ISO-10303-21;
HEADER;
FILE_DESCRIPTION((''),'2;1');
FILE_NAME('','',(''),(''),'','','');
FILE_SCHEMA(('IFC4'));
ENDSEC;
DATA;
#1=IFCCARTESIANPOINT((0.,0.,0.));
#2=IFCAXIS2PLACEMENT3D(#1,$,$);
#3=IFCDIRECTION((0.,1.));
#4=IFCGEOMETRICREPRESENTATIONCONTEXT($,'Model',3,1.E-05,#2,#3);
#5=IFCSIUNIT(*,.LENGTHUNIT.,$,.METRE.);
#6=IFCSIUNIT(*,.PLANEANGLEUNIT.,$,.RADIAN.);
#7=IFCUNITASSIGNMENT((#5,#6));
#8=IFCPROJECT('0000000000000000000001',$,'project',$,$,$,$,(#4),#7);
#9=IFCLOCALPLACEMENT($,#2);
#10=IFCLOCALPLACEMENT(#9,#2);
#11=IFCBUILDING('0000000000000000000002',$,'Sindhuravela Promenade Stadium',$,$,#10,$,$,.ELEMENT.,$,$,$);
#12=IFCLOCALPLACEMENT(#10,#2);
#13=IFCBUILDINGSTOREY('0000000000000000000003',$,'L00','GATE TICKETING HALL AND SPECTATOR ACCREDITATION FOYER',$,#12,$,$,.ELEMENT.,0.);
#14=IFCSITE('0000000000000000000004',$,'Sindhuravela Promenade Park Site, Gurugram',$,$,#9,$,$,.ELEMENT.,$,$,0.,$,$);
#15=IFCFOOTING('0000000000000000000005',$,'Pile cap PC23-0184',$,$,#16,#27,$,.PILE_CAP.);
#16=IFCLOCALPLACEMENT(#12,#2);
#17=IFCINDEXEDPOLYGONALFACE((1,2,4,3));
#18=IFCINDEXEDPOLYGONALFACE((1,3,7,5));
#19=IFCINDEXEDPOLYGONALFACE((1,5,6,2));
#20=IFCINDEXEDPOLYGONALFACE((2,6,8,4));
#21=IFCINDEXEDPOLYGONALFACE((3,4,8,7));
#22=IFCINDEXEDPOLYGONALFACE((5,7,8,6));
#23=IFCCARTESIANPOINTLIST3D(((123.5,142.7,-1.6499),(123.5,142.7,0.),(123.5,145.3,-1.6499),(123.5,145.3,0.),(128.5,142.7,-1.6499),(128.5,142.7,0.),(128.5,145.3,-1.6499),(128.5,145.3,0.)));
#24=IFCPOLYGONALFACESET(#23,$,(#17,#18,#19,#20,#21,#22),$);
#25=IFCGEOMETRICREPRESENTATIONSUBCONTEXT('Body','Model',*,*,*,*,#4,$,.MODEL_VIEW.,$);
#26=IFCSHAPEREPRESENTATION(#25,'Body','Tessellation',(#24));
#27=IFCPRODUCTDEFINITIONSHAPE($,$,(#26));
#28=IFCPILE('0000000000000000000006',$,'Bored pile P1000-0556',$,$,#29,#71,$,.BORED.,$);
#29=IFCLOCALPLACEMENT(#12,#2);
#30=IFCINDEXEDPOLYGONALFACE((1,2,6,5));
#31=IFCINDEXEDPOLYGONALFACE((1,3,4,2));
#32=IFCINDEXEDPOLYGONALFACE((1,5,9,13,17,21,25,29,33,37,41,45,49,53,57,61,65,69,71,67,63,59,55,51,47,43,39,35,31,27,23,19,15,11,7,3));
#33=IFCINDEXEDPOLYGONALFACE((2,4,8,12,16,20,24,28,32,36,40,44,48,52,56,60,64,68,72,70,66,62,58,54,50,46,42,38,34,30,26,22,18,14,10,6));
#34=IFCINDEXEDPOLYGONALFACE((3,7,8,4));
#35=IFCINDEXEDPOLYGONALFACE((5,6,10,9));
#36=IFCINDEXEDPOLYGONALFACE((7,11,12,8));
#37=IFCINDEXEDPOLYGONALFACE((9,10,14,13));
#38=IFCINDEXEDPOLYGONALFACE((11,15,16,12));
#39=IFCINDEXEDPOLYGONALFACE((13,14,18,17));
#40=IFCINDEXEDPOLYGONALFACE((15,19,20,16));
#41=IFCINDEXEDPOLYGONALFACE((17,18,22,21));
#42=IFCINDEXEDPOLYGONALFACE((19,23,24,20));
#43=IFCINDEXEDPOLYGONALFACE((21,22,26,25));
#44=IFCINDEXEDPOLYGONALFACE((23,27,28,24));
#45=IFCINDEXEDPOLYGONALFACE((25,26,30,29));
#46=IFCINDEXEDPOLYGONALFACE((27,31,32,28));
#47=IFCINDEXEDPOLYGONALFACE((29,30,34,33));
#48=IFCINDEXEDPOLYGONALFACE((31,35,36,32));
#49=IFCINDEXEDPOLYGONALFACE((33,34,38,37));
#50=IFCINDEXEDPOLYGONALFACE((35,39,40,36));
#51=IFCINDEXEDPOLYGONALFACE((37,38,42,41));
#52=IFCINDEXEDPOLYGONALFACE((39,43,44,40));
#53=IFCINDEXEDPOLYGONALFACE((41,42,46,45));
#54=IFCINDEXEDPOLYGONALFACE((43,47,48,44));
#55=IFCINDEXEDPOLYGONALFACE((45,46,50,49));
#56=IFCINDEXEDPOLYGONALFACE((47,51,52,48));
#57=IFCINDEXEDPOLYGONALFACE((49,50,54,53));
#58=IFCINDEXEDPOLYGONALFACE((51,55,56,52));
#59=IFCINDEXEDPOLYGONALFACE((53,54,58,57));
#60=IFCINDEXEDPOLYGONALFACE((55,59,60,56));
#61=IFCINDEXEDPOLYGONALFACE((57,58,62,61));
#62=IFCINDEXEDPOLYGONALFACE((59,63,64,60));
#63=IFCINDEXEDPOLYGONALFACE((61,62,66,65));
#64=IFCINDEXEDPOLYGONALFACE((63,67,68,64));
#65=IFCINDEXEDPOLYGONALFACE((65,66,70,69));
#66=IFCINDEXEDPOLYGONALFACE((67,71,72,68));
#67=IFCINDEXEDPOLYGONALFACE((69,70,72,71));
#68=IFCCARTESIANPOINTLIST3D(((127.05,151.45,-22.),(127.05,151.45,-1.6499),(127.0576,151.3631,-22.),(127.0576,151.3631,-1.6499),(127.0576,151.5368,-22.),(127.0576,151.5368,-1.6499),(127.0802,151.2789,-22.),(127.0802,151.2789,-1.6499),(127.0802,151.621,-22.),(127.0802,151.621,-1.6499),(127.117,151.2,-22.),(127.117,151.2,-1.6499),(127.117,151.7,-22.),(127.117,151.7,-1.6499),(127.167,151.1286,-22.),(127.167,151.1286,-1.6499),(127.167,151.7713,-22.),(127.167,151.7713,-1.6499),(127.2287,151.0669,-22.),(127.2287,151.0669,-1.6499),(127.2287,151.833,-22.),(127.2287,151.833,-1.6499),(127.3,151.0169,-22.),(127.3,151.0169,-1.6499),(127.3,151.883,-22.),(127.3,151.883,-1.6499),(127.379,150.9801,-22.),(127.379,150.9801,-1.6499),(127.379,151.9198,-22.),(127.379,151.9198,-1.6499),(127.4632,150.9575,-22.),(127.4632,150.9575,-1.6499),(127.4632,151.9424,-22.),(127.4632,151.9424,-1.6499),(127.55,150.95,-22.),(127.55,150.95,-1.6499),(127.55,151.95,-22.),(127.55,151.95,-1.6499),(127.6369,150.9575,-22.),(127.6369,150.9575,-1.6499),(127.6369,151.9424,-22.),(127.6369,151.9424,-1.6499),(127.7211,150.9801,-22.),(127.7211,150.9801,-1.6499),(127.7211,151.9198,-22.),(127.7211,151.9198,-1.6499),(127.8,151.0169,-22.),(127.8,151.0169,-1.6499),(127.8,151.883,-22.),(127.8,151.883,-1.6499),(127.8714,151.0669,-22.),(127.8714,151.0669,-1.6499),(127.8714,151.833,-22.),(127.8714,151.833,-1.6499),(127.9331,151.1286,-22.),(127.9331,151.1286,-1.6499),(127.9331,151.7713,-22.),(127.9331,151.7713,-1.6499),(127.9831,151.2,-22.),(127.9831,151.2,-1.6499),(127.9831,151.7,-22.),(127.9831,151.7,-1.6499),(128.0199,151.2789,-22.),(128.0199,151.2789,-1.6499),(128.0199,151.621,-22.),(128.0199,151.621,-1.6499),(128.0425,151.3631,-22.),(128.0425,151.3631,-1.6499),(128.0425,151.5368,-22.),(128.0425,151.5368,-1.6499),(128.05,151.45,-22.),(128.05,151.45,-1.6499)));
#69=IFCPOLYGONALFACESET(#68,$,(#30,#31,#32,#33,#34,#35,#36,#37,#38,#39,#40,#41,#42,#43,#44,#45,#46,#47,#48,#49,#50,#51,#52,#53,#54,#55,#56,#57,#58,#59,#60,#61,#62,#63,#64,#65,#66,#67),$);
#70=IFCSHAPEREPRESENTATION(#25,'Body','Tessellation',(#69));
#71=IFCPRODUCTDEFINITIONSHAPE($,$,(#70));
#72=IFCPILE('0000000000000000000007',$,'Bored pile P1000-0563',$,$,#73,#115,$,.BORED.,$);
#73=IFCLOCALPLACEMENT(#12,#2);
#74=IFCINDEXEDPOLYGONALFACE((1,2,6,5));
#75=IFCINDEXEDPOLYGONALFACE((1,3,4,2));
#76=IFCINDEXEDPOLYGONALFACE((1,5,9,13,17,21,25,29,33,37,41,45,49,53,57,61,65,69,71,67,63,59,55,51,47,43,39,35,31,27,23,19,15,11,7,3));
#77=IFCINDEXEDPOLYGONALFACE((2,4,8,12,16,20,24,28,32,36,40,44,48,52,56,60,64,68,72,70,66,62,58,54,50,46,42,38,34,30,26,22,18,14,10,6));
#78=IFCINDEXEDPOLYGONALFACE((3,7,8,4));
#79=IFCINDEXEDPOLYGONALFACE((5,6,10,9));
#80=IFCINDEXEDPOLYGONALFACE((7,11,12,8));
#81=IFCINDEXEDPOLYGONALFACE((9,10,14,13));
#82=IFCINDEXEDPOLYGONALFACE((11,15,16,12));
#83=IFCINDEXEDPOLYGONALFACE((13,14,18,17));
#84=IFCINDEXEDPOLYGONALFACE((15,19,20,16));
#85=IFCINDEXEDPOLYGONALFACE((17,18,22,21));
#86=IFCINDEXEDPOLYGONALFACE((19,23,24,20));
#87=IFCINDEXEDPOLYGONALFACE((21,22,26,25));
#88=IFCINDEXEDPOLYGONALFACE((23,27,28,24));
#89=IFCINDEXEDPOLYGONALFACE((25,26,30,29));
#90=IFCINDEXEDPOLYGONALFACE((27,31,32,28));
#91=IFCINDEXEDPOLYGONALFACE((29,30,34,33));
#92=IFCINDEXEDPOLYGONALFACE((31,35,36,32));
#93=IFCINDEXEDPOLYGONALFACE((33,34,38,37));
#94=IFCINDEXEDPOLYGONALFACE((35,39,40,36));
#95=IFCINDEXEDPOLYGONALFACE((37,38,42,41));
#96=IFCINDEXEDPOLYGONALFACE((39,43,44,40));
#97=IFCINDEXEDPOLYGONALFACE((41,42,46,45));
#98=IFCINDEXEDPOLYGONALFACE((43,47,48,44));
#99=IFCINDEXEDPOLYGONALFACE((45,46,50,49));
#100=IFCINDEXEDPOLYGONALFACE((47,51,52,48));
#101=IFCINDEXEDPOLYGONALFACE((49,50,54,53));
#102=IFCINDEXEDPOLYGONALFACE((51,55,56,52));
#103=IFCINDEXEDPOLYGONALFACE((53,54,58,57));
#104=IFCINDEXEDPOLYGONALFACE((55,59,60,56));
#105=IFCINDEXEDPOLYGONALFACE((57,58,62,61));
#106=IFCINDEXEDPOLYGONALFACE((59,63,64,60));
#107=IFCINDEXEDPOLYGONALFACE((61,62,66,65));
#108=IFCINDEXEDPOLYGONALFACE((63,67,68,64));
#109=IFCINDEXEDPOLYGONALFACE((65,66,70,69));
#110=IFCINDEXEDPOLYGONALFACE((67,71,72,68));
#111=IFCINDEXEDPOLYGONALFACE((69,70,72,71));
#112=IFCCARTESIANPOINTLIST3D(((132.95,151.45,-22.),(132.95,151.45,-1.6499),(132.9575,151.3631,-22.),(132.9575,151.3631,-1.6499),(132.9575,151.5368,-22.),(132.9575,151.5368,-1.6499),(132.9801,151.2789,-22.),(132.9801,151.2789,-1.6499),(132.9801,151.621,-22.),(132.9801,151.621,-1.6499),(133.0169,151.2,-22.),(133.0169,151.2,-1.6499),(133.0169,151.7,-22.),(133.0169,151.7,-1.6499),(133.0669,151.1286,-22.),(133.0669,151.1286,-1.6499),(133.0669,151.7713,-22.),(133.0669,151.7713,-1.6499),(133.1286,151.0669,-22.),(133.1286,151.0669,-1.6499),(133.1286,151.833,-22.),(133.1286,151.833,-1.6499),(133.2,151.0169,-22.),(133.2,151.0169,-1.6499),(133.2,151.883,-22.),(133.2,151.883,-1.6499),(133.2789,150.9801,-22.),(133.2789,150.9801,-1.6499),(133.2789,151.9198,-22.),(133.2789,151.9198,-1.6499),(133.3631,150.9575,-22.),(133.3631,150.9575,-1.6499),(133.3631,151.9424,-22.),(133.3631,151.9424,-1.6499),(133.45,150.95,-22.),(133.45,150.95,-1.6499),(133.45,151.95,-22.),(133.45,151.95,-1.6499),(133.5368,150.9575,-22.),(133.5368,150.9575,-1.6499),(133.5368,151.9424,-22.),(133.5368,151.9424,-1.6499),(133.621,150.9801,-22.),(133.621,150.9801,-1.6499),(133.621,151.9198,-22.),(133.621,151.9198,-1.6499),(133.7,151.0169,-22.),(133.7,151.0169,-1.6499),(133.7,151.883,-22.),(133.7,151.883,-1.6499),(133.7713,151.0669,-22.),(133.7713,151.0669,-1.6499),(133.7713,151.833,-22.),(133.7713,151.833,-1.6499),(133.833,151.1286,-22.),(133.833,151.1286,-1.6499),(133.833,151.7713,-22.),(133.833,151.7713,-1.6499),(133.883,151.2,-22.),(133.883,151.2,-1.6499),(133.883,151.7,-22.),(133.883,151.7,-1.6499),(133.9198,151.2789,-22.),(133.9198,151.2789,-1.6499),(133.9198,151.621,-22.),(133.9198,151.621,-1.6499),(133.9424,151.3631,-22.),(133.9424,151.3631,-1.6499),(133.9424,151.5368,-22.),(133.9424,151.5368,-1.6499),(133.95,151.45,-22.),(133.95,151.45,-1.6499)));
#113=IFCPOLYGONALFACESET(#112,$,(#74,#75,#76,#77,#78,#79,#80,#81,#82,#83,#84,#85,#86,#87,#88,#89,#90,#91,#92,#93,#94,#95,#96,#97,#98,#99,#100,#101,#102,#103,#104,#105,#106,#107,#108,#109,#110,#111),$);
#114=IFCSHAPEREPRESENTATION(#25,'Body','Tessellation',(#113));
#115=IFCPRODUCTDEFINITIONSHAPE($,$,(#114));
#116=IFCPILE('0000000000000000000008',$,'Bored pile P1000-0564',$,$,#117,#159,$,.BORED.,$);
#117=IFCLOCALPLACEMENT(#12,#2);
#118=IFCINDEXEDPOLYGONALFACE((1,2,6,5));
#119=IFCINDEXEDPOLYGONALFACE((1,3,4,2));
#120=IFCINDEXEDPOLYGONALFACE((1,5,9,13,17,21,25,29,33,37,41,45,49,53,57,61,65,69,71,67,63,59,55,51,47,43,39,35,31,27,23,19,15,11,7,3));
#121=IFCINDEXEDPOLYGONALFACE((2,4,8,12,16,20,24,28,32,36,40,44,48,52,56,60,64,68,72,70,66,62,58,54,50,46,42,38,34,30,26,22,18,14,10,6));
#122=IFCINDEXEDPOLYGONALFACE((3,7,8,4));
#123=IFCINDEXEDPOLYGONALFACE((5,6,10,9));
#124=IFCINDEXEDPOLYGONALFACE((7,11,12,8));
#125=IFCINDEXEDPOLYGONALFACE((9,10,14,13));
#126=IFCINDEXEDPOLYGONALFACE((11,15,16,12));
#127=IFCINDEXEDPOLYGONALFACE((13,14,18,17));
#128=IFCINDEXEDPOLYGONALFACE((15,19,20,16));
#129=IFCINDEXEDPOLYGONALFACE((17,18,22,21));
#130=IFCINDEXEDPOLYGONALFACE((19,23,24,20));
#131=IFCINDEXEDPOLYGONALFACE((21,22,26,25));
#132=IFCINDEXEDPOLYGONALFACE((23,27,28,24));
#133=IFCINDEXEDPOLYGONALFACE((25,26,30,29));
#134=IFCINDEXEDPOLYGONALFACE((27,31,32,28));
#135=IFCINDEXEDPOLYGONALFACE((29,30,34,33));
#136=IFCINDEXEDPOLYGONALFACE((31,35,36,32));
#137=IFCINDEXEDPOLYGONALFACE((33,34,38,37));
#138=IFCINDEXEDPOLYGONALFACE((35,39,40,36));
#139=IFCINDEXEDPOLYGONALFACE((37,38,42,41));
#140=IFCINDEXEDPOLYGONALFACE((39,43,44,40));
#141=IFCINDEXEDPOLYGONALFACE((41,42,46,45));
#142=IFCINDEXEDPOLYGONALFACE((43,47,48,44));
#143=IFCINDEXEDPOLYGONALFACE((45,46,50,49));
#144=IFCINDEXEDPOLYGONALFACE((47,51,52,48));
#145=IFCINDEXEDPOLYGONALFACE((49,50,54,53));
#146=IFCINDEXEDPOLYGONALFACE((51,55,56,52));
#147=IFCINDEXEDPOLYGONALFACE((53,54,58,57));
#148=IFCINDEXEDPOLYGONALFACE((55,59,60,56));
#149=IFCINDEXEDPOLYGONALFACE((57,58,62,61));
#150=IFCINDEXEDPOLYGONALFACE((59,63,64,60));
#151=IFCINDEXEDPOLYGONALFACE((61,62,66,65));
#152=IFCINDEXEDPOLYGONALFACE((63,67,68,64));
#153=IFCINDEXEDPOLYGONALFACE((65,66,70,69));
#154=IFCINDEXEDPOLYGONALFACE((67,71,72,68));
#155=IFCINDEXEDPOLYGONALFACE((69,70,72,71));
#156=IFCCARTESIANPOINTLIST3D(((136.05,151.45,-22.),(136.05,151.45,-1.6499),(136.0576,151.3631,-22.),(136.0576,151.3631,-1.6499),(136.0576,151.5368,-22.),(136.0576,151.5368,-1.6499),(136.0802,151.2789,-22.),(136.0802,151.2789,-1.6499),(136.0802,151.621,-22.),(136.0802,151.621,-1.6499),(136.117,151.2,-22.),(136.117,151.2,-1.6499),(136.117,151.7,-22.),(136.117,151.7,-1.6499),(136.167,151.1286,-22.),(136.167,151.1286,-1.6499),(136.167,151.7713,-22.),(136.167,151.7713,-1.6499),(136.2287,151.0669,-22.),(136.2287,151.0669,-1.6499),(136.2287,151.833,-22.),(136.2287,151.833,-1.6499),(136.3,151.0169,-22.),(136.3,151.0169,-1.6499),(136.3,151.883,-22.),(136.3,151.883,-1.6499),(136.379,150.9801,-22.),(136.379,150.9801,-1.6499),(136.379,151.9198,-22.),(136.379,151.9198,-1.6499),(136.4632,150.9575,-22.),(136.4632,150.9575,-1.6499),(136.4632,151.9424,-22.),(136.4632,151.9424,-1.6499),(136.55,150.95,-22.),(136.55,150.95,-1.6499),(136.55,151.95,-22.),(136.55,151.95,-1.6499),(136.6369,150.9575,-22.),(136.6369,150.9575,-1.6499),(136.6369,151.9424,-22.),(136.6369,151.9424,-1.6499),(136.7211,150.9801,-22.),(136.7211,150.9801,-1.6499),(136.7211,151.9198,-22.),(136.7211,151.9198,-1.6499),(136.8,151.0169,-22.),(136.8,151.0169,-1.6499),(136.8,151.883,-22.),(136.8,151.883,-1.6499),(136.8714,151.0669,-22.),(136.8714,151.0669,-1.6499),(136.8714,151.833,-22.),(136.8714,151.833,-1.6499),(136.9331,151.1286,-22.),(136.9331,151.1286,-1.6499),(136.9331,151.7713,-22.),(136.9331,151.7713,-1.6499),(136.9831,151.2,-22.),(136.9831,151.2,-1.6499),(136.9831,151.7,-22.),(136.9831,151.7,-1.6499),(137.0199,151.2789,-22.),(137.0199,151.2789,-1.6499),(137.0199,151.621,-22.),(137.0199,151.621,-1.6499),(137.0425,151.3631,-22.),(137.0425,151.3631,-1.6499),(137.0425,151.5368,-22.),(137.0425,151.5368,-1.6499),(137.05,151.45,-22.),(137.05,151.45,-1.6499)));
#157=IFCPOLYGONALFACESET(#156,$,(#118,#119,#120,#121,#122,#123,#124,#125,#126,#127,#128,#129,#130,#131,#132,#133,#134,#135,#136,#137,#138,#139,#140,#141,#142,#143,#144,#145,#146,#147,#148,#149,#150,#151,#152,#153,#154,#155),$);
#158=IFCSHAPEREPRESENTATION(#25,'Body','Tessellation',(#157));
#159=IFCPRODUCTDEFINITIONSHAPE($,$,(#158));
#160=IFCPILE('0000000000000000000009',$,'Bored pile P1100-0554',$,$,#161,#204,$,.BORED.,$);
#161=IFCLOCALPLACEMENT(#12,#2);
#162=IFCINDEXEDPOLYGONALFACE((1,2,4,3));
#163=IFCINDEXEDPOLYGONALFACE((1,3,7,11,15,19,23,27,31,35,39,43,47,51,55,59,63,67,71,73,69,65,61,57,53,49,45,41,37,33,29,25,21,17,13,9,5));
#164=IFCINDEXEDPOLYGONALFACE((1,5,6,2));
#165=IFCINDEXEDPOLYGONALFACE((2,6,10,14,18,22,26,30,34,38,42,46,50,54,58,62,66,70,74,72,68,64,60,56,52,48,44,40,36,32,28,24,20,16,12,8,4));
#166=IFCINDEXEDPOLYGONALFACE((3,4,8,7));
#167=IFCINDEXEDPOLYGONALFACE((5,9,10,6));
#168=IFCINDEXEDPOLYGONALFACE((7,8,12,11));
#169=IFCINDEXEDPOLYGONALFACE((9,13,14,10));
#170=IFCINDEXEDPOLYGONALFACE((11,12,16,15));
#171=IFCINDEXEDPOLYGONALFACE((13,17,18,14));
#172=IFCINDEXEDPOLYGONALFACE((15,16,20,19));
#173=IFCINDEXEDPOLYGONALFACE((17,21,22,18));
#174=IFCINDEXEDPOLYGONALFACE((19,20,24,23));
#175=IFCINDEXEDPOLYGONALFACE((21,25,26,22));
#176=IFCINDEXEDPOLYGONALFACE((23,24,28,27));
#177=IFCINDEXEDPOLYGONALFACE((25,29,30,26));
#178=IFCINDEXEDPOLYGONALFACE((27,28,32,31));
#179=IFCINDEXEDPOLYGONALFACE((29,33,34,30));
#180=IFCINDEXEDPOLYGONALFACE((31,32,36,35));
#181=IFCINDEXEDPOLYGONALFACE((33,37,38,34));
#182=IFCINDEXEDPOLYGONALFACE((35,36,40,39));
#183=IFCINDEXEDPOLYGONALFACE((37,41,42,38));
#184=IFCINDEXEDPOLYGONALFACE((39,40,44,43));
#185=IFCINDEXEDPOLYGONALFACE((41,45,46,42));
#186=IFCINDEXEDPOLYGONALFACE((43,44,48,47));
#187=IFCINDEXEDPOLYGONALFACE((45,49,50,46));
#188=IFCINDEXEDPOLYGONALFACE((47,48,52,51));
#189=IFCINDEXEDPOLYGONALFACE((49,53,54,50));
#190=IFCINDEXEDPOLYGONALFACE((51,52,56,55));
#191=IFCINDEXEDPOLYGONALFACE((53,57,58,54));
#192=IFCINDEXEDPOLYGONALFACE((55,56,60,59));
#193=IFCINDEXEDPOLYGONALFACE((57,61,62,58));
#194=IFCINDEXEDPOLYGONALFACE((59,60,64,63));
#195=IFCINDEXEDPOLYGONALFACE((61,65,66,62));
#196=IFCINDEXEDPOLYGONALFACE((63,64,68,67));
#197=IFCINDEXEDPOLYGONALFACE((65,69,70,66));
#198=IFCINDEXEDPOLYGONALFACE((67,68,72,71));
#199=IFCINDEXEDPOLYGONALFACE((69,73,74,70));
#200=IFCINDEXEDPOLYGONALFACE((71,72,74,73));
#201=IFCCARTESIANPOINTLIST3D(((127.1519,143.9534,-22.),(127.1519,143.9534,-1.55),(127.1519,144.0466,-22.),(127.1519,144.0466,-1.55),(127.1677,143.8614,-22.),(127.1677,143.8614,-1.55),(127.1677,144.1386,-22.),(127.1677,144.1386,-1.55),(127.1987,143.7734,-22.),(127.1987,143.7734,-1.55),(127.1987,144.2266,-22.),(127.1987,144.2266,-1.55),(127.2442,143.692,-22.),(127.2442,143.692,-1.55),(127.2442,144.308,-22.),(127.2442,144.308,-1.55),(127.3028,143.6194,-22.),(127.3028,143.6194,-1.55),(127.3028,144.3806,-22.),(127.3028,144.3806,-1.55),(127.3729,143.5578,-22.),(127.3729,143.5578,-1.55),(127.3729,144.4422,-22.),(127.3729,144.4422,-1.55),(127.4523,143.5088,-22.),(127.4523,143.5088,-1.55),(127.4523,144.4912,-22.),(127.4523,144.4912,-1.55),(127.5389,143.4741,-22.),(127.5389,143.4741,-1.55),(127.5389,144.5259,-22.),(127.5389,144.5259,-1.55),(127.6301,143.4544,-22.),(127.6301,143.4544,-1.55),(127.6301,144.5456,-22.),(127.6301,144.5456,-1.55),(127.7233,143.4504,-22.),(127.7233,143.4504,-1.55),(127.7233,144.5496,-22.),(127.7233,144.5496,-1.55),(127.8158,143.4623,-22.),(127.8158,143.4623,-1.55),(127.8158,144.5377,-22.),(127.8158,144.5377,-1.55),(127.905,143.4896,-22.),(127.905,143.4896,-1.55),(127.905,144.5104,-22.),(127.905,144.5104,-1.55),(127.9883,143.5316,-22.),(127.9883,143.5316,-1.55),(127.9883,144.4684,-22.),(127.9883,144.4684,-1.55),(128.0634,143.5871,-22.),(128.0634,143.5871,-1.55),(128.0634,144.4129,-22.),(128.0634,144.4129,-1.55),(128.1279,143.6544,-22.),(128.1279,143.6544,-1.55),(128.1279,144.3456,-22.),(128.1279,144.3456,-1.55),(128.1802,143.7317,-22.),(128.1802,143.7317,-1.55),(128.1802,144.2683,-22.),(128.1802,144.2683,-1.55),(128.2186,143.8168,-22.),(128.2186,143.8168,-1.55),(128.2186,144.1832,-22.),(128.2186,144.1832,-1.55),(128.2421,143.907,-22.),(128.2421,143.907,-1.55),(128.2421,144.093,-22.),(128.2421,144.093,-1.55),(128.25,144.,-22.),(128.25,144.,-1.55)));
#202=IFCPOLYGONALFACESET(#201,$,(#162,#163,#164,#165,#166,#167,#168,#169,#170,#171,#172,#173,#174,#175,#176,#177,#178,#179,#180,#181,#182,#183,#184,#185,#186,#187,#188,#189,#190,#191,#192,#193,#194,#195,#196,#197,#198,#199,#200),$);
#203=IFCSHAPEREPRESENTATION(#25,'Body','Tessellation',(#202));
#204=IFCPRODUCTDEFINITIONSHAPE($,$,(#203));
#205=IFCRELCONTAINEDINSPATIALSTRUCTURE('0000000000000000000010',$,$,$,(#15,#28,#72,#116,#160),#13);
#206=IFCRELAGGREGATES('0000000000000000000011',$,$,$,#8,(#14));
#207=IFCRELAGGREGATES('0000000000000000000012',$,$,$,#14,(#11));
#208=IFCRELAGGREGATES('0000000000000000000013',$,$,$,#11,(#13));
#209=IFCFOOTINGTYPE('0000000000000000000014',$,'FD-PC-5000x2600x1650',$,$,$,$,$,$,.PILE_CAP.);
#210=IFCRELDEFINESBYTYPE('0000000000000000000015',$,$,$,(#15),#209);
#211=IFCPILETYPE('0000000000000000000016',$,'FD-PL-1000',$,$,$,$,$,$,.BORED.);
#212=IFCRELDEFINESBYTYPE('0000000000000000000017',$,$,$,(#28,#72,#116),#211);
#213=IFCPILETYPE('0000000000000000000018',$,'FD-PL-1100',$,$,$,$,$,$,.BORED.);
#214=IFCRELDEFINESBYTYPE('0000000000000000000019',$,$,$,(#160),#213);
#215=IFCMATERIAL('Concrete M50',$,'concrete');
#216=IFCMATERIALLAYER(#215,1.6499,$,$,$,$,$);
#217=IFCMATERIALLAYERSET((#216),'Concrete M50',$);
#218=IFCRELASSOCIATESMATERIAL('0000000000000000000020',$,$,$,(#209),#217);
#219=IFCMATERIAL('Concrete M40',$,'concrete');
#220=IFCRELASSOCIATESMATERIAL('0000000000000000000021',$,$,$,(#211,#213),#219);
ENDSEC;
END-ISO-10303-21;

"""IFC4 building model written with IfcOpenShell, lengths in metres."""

from ifc_helpers import new_model, si_unit, direction, frame, origin, origin_2d, place, context, subcontext, project, spatial, rectangle, circle, extrude, material, layer, layer_set, material_profile, profile_set, type_object, element, save


model = new_model("IFC4")

# Units and contexts
model_context = context("Model", 3, precision=1e-05, world=origin(), true_north=direction((0.0, 1.0)))
body_context = subcontext(model_context, "Body", "Model", "MODEL_VIEW")
ifc_project = project(units=[si_unit("LENGTHUNIT", "METRE"), si_unit("PLANEANGLEUNIT", "RADIAN")], contexts=[model_context])

# Site, building, storey
site_placement = place(None, origin())
site = spatial("IfcSite", under=ifc_project, at=site_placement, Name="Sindhuravela Promenade Park Site, Gurugram", CompositionType="ELEMENT", RefElevation=0.0)
building_placement = place(site_placement, origin())
building = spatial("IfcBuilding", under=site, at=building_placement, Name="Sindhuravela Promenade Stadium", CompositionType="ELEMENT")
storey_placement = place(building_placement, origin())
storey = spatial("IfcBuildingStorey", under=building, at=storey_placement, Name="L00", Description="GATE TICKETING HALL AND SPECTATOR ACCREDITATION FOYER", CompositionType="ELEMENT", Elevation=0.0)

# Footing
ifc_material_1 = material(Name="Concrete M50", Category="concrete")
ifc_layer_1 = layer(ifc_material_1, 1.6499)
ifc_layer_set_1 = layer_set([ifc_layer_1], Name="Concrete M50")
footing_type = type_object("IfcFootingType", Name="FD-PC-5000x2600x1650", PredefinedType="PILE_CAP", material=ifc_layer_set_1)
footing_placement = place(storey_placement, frame((126.0, 144.0, -1.6499), z_axis=(0.0, 0.0, 1.0), x_axis=(1.0, 0.0, 0.0)))
element("IfcFooting", 1, at=footing_placement, inside=storey, type_object=footing_type, Name="Pile cap PC23-0184", PredefinedType="PILE_CAP", context=body_context, shape_type="SweptSolid", body=[
    extrude(rectangle(XDim=5.0, YDim=2.6001, at=origin_2d()), origin(), (0.0, 0.0, 1.0), 1.6499),
])

# Piles
ifc_material_2 = material(Name="Concrete M40", Category="concrete")
ifc_material_profile_1 = material_profile(ifc_material_2, circle(Radius=0.5, at=origin_2d()), Name="BORED PILE D1000")
ifc_profile_set_1 = profile_set([ifc_material_profile_1], Name="Concrete M40")
pile_type_1 = type_object("IfcPileType", Name="FD-PL-1000", PredefinedType="BORED", material=ifc_profile_set_1)
for number, where, z_axis, x_axis, name in (
    (2, (127.55, 151.45, -1.6499), (0.0, 0.0, -1.0), (1.0, 0.0, 0.0), "Bored pile P1000-0556"),
    (3, (133.45, 151.45, -1.6499), (0.0, 0.0, -1.0), (1.0, 0.0, 0.0), "Bored pile P1000-0563"),
    (4, (136.55, 151.45, -1.6499), (0.0, 0.0, -1.0), (1.0, 0.0, 0.0), "Bored pile P1000-0564"),
):
    element("IfcPile", number, at=place(storey_placement, frame(where, z_axis=z_axis, x_axis=x_axis)), inside=storey, type_object=pile_type_1, Name=name, PredefinedType="BORED", context=body_context, shape_type="SweptSolid", body=[
        extrude(circle(Radius=0.5, at=origin_2d()), origin(), (0.0, 0.0, 1.0), 20.3501),
    ])
ifc_material_profile_2 = material_profile(ifc_material_2, circle(Radius=0.55, at=origin_2d()), Name="BORED PILE D1100")
ifc_profile_set_2 = profile_set([ifc_material_profile_2], Name="Concrete M40")
pile_type_2 = type_object("IfcPileType", Name="FD-PL-1100", PredefinedType="BORED", material=ifc_profile_set_2)
pile_placement = place(storey_placement, frame((127.7, 144.0, -1.55), z_axis=(0.0, 0.0, -1.0), x_axis=(1.0, 0.0, 0.0)))
element("IfcPile", 5, at=pile_placement, inside=storey, type_object=pile_type_2, Name="Bored pile P1100-0554", PredefinedType="BORED", context=body_context, shape_type="SweptSolid", body=[
    extrude(circle(Radius=0.55, at=origin_2d()), origin(), (0.0, 0.0, 1.0), 20.45),
])

save(model, "model.ifc")
